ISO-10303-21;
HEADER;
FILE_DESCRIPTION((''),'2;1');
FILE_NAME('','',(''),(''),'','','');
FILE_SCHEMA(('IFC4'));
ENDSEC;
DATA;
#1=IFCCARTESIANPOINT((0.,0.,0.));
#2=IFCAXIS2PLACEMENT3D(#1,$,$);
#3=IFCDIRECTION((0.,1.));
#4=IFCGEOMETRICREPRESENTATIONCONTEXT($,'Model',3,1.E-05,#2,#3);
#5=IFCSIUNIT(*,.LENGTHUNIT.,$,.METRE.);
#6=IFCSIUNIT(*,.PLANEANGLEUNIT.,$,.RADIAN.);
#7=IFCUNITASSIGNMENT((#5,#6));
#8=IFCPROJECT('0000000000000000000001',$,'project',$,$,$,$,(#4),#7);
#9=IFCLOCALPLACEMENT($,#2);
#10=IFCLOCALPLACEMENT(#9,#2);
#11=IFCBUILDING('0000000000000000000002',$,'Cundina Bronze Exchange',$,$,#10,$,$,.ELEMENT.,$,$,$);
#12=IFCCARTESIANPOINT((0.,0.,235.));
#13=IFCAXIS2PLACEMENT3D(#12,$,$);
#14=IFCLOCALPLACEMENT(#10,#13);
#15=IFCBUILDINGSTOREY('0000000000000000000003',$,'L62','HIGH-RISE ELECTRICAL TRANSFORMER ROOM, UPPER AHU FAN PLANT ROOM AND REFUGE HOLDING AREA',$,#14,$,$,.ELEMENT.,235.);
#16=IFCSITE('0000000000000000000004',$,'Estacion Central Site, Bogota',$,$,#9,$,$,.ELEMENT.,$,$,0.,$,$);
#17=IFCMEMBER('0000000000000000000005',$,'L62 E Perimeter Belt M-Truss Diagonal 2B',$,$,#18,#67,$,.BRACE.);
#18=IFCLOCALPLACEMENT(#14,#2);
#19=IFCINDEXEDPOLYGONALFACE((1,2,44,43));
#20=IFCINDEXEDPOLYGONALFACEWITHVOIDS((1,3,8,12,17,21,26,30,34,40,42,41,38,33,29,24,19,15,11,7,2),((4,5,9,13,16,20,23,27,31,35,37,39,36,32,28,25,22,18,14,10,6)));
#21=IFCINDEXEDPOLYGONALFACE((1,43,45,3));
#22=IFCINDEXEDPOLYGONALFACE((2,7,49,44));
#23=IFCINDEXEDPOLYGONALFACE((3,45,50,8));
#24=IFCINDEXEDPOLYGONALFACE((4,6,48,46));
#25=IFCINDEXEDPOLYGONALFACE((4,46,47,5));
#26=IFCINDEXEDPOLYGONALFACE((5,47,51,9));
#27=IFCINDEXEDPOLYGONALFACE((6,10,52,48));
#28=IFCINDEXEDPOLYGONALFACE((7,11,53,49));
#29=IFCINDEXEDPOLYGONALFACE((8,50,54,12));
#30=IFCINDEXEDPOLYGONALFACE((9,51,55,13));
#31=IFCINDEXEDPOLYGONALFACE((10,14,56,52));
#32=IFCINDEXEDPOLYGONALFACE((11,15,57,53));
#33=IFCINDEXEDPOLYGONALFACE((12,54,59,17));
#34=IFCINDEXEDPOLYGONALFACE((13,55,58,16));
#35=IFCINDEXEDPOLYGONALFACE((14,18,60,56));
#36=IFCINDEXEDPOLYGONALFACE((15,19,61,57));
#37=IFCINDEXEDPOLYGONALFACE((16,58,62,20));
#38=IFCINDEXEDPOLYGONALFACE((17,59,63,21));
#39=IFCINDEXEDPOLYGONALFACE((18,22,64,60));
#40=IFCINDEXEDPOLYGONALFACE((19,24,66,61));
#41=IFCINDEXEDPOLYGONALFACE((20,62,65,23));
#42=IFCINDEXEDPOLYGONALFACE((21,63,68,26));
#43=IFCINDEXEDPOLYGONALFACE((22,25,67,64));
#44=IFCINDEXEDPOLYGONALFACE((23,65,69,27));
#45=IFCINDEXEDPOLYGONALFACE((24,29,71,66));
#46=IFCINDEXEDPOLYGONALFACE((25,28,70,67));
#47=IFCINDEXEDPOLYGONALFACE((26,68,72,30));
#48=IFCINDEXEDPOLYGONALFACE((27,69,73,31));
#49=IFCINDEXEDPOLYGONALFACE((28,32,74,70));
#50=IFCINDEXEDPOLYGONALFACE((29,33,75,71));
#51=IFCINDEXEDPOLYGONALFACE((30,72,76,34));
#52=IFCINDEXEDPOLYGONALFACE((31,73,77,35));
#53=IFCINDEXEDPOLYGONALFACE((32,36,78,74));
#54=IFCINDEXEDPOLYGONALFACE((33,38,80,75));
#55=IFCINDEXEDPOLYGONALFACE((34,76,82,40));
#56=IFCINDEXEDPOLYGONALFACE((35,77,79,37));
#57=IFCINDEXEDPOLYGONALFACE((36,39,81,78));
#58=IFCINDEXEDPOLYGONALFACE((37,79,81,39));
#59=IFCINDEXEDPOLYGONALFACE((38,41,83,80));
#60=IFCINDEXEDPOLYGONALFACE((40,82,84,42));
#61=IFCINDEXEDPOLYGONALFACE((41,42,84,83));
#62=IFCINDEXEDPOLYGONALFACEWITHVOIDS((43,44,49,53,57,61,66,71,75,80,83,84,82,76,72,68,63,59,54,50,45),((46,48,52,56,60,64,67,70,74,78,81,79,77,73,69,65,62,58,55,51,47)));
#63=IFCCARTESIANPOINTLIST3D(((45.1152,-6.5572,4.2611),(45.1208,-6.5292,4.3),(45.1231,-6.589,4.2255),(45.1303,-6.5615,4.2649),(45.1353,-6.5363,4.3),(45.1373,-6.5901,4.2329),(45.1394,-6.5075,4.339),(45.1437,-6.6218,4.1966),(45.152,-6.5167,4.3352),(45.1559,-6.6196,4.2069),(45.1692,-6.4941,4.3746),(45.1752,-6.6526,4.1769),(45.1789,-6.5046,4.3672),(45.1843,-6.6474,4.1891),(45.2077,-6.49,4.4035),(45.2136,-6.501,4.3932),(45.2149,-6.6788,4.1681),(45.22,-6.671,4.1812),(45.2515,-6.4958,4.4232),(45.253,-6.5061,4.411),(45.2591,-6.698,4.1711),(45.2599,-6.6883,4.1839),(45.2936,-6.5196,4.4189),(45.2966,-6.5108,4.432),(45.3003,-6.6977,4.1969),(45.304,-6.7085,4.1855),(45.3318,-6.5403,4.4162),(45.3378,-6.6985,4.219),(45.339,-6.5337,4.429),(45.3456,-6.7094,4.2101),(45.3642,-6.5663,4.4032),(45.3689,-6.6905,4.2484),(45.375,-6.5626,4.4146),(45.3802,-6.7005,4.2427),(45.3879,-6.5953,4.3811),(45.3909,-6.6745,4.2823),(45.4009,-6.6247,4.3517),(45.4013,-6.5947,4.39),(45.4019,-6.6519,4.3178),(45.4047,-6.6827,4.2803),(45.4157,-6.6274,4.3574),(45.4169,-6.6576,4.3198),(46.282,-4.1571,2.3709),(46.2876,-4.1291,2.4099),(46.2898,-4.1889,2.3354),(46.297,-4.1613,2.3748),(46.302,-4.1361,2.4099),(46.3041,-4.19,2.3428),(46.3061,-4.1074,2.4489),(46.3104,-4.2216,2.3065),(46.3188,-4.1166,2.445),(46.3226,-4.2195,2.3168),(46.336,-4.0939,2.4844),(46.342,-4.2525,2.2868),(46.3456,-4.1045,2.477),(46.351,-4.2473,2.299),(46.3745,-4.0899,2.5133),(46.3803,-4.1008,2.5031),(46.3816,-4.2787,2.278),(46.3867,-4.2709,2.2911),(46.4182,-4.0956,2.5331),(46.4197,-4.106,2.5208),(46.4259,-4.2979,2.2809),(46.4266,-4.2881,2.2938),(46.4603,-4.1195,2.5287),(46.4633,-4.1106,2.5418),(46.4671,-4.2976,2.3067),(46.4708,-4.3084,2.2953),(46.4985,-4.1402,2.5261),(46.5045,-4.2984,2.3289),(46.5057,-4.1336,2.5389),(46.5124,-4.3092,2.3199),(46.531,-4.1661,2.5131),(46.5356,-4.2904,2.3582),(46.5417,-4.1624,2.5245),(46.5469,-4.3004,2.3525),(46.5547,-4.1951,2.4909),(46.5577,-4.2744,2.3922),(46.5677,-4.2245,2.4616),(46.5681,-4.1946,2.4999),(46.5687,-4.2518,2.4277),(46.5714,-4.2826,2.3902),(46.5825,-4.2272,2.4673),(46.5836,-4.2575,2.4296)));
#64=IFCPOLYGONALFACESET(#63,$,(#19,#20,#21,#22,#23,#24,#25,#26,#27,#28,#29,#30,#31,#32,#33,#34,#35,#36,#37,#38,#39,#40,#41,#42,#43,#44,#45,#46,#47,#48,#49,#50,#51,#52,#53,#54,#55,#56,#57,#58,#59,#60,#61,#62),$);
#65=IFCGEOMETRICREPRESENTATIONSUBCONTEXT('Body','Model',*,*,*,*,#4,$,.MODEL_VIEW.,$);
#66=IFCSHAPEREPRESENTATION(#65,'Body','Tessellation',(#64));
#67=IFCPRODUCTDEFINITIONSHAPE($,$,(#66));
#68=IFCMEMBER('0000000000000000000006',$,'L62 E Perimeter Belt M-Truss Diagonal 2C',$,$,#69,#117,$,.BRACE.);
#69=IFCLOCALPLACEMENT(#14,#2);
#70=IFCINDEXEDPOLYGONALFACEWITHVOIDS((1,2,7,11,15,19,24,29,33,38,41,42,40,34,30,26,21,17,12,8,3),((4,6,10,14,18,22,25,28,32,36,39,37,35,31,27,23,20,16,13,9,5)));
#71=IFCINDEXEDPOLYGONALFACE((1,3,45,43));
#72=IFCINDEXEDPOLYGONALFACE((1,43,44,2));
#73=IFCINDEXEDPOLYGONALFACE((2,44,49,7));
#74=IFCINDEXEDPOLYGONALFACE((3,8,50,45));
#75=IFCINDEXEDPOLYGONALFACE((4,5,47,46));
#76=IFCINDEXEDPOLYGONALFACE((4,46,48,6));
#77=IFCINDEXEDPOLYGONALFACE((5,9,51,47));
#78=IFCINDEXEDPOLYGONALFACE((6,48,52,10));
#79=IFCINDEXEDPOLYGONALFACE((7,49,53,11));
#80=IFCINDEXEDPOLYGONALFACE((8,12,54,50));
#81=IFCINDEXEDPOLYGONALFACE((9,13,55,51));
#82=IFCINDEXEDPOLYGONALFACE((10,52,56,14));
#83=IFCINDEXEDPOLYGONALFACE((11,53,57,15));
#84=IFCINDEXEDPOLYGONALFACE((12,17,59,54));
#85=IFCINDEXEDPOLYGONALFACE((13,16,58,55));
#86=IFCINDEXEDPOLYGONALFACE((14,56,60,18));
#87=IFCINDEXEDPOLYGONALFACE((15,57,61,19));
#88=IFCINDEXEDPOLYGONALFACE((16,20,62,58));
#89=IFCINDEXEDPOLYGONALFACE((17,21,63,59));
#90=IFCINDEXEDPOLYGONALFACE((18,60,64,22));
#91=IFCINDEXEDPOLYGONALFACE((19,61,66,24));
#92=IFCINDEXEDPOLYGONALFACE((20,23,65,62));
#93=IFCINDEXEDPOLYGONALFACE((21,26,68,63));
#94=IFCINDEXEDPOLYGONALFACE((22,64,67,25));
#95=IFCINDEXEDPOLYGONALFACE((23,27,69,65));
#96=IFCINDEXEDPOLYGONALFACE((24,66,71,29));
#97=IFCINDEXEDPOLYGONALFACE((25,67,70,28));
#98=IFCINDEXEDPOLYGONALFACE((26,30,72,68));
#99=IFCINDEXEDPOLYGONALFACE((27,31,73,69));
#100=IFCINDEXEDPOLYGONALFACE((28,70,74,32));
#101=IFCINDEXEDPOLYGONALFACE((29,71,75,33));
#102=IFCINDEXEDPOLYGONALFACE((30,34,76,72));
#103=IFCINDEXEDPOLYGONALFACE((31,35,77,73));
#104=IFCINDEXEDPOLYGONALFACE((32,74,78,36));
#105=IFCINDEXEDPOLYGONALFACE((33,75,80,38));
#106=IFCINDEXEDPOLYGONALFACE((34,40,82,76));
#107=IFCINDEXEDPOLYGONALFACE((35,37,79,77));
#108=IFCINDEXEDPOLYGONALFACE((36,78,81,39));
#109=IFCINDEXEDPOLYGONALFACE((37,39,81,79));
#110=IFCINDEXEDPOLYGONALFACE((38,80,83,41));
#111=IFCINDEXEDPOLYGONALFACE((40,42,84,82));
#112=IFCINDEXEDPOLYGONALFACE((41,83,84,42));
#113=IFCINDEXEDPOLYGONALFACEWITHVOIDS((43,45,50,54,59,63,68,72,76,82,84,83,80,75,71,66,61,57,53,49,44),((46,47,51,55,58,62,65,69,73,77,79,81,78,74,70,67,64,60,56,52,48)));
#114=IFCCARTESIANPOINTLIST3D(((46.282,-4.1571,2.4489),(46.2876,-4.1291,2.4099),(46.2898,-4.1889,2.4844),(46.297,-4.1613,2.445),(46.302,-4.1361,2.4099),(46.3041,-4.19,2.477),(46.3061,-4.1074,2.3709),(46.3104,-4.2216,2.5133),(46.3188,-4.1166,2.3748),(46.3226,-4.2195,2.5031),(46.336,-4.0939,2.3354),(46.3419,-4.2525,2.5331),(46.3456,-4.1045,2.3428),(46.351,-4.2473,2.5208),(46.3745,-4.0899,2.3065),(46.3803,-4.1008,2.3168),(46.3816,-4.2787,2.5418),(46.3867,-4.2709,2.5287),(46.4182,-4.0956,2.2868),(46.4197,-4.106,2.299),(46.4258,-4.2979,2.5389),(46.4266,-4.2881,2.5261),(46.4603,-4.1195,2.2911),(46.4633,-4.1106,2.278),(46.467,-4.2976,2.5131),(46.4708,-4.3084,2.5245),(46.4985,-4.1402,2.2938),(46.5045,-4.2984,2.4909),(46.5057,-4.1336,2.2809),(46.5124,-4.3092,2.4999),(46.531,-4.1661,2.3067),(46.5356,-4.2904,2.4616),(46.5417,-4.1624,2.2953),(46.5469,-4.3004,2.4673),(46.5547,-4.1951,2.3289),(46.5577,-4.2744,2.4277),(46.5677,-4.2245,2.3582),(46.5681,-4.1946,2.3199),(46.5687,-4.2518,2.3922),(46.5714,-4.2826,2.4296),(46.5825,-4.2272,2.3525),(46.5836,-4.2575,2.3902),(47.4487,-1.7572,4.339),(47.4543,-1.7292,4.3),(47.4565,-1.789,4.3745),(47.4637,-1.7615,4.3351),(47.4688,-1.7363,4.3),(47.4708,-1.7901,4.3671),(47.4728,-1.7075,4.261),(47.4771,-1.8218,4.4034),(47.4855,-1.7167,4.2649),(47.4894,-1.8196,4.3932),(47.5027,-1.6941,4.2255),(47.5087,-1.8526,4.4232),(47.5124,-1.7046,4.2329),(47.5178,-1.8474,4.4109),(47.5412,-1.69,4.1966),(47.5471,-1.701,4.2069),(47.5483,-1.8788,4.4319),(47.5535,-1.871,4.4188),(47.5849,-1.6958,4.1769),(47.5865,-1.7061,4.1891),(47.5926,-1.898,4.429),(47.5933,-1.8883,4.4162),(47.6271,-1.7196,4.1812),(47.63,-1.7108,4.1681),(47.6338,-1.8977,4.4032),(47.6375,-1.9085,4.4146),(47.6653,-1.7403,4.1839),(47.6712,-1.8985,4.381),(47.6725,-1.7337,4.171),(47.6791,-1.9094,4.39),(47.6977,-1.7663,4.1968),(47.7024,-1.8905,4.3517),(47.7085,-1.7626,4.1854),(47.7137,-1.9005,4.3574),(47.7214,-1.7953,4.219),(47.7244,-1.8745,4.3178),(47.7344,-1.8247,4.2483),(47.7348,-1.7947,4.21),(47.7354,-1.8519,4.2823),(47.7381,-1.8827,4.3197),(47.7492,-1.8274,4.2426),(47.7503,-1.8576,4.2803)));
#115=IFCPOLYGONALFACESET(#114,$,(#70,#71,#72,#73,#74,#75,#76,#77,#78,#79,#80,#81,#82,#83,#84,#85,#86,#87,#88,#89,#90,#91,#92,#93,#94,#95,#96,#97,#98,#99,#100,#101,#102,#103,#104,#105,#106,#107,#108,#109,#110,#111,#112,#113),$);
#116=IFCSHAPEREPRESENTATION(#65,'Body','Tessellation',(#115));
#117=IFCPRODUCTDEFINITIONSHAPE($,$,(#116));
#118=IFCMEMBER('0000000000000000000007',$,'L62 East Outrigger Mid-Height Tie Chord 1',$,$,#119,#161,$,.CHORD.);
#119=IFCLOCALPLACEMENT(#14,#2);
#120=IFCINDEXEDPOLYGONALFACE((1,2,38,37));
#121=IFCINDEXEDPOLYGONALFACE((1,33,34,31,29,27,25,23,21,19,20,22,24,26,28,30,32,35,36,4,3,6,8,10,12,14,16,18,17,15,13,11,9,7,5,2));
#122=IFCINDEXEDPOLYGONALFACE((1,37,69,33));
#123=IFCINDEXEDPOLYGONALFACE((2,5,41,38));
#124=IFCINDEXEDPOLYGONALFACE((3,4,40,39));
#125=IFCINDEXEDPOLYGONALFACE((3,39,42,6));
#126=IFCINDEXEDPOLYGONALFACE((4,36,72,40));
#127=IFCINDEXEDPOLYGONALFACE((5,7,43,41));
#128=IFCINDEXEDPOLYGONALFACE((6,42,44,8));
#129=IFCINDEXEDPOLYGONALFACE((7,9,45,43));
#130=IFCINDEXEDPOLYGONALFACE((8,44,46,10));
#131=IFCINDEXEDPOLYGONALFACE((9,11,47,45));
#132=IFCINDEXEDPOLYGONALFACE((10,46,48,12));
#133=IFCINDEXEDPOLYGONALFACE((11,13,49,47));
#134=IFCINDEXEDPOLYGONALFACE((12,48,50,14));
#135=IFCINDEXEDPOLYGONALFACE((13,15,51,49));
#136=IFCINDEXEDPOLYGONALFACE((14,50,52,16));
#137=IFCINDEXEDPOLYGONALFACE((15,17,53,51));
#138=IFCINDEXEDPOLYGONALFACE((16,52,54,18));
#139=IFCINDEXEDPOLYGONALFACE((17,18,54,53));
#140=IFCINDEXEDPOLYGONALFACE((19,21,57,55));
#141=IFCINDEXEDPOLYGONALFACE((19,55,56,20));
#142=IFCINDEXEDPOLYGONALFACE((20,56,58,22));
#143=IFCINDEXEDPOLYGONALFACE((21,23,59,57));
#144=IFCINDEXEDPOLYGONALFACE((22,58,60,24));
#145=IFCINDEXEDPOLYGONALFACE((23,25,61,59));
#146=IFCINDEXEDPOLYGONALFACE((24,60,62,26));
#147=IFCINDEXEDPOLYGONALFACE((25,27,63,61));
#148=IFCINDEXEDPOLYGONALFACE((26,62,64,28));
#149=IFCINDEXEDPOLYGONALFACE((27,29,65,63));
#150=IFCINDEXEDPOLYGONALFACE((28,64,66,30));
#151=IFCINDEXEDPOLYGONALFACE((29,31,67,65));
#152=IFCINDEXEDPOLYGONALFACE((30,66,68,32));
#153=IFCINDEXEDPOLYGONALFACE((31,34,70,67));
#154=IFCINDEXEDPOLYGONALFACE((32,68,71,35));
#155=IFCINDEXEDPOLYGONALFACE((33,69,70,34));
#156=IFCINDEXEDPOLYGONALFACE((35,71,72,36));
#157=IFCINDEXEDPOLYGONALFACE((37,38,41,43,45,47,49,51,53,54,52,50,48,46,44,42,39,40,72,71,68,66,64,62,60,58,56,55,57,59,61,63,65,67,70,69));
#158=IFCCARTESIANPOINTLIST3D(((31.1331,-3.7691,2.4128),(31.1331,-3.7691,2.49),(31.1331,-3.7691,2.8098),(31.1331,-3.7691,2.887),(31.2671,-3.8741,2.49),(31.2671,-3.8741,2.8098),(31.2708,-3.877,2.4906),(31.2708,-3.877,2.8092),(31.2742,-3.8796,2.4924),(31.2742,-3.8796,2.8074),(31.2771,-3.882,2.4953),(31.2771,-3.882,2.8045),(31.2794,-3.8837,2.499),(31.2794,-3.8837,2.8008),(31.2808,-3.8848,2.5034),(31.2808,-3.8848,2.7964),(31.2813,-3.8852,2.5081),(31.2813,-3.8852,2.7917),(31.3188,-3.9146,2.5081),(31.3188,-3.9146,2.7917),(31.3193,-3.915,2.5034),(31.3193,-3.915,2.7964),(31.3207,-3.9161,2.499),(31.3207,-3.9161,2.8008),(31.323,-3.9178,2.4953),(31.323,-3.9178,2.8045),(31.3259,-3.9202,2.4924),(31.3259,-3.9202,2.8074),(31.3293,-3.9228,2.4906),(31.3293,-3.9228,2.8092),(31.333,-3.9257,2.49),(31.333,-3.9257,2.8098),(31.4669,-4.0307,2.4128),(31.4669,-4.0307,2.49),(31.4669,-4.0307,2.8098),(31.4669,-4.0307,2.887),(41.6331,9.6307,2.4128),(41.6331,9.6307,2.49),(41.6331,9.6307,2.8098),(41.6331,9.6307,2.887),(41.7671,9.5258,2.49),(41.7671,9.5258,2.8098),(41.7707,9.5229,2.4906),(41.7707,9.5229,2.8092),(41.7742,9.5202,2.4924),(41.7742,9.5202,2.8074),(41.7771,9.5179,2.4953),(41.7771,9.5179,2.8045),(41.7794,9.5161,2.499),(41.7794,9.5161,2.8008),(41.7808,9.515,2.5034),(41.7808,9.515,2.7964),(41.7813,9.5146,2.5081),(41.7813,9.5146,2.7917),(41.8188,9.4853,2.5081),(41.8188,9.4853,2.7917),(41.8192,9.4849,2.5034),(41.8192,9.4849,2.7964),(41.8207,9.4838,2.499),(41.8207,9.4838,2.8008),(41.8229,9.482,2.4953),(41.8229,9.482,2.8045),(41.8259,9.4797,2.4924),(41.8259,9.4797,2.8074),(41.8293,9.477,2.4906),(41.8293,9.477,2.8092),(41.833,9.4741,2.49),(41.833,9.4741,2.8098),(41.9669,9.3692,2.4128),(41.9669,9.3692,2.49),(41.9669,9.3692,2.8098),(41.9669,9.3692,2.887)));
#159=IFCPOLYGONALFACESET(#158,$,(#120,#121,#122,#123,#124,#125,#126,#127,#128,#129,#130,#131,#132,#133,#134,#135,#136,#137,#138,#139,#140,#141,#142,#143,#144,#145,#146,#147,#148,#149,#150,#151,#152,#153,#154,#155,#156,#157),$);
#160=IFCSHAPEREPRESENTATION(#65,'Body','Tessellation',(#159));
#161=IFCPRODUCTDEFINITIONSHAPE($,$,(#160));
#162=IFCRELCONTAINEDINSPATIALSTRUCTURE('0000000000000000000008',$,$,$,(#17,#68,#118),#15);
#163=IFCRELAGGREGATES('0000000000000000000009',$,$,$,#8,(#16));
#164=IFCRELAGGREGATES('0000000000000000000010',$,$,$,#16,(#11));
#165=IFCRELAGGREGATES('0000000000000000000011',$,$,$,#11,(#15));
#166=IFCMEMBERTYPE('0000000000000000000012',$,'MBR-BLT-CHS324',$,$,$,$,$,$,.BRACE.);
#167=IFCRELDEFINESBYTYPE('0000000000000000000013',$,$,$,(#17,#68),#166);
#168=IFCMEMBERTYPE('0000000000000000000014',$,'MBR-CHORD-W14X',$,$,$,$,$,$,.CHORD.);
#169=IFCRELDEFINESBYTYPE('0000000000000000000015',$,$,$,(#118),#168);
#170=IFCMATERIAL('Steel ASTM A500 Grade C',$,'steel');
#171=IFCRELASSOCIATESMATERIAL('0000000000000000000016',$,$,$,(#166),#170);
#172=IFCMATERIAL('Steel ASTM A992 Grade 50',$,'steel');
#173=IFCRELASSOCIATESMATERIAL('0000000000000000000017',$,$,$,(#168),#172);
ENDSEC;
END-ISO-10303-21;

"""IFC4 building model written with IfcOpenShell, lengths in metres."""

from ifc_helpers import new_model, si_unit, direction, frame, origin, origin_2d, place, context, subcontext, project, spatial, hollow_circle, i_section, extrude, material, material_profile, profile_set, type_object, element, save


model = new_model("IFC4")

# Units and contexts
model_context = context("Model", 3, precision=1e-05, world=origin(), true_north=direction((0.0, 1.0)))
body_context = subcontext(model_context, "Body", "Model", "MODEL_VIEW")
ifc_project = project(units=[si_unit("LENGTHUNIT", "METRE"), si_unit("PLANEANGLEUNIT", "RADIAN")], contexts=[model_context])

# Site, building, storey
site_placement = place(None, origin())
site = spatial("IfcSite", under=ifc_project, at=site_placement, Name="Estacion Central Site, Bogota", CompositionType="ELEMENT", RefElevation=0.0)
building_placement = place(site_placement, origin())
building = spatial("IfcBuilding", under=site, at=building_placement, Name="Cundina Bronze Exchange", CompositionType="ELEMENT")
storey_placement = place(building_placement, frame((0.0, 0.0, 235.0)))
storey = spatial("IfcBuildingStorey", under=building, at=storey_placement, Name="L62", Description="HIGH-RISE ELECTRICAL TRANSFORMER ROOM, UPPER AHU FAN PLANT ROOM AND REFUGE HOLDING AREA", CompositionType="ELEMENT", Elevation=235.0)

# Shared definitions
ifc_material_1 = material(Name="Steel ASTM A992 Grade 50", Category="steel")

# Members
ifc_material_2 = material(Name="Steel ASTM A500 Grade C", Category="steel")
ifc_material_profile_1 = material_profile(ifc_material_2, hollow_circle(Radius=0.1621, WallThickness=0.0161, at=origin_2d()), Name="CHS324X16", Category="steel")
ifc_profile_set_1 = profile_set([ifc_material_profile_1], Name="Steel ASTM A500 Grade C")
member_type_1 = type_object("IfcMemberType", Name="MBR-BLT-CHS324", PredefinedType="BRACE", material=ifc_profile_set_1)
member_1_placement = place(storey_placement, frame((45.2666, -6.6001, 4.3), z_axis=(0.356775, 0.733931, -0.577977), x_axis=(-0.899366, 0.437196, 0.0)))
element("IfcMember", 1, at=member_1_placement, inside=storey, type_object=member_type_1, Name="L62 E Perimeter Belt M-Truss Diagonal 2B", PredefinedType="BRACE", context=body_context, shape_type="SweptSolid", body=[
    extrude(hollow_circle(Radius=0.1621, WallThickness=0.0161, at=origin_2d()), origin(), (0.0, 0.0, 1.0), 3.2703),
])
member_2_placement = place(storey_placement, frame((46.4333, -4.2, 2.4099), z_axis=(0.356795, 0.733896, 0.578009), x_axis=(-0.899349, 0.437232, 0.0)))
element("IfcMember", 2, at=member_2_placement, inside=storey, type_object=member_type_1, Name="L62 E Perimeter Belt M-Truss Diagonal 2C", PredefinedType="BRACE", context=body_context, shape_type="SweptSolid", body=[
    extrude(hollow_circle(Radius=0.1621, WallThickness=0.0161, at=origin_2d()), origin(), (0.0, 0.0, 1.0), 3.27),
])
ifc_material_profile_2 = material_profile(ifc_material_1, i_section(OverallWidth=0.4241, OverallDepth=0.4741, WebThickness=0.0476, FlangeThickness=0.0771, FilletRadius=0.0181, at=origin_2d()), Name="W14X426", Category="steel")
ifc_profile_set_2 = profile_set([ifc_material_profile_2], Name="Steel ASTM A992 Grade 50")
member_type_2 = type_object("IfcMemberType", Name="MBR-CHORD-W14X", PredefinedType="CHORD", material=ifc_profile_set_2)
member_3_placement = place(storey_placement, frame((31.3, -3.8999, 2.6499), z_axis=(0.616786, 0.787131, 0.0), x_axis=(-0.787131, 0.616786, 0.0)))
element("IfcMember", 3, at=member_3_placement, inside=storey, type_object=member_type_2, Name="L62 East Outrigger Mid-Height Tie Chord 1", PredefinedType="CHORD", context=body_context, shape_type="SweptSolid", body=[
    extrude(i_section(OverallWidth=0.4241, OverallDepth=0.4741, WebThickness=0.0476, FlangeThickness=0.0771, FilletRadius=0.0181, at=origin_2d()), origin(), (0.0, 0.0, 1.0), 17.0237),
])

save(model, "model.ifc")
